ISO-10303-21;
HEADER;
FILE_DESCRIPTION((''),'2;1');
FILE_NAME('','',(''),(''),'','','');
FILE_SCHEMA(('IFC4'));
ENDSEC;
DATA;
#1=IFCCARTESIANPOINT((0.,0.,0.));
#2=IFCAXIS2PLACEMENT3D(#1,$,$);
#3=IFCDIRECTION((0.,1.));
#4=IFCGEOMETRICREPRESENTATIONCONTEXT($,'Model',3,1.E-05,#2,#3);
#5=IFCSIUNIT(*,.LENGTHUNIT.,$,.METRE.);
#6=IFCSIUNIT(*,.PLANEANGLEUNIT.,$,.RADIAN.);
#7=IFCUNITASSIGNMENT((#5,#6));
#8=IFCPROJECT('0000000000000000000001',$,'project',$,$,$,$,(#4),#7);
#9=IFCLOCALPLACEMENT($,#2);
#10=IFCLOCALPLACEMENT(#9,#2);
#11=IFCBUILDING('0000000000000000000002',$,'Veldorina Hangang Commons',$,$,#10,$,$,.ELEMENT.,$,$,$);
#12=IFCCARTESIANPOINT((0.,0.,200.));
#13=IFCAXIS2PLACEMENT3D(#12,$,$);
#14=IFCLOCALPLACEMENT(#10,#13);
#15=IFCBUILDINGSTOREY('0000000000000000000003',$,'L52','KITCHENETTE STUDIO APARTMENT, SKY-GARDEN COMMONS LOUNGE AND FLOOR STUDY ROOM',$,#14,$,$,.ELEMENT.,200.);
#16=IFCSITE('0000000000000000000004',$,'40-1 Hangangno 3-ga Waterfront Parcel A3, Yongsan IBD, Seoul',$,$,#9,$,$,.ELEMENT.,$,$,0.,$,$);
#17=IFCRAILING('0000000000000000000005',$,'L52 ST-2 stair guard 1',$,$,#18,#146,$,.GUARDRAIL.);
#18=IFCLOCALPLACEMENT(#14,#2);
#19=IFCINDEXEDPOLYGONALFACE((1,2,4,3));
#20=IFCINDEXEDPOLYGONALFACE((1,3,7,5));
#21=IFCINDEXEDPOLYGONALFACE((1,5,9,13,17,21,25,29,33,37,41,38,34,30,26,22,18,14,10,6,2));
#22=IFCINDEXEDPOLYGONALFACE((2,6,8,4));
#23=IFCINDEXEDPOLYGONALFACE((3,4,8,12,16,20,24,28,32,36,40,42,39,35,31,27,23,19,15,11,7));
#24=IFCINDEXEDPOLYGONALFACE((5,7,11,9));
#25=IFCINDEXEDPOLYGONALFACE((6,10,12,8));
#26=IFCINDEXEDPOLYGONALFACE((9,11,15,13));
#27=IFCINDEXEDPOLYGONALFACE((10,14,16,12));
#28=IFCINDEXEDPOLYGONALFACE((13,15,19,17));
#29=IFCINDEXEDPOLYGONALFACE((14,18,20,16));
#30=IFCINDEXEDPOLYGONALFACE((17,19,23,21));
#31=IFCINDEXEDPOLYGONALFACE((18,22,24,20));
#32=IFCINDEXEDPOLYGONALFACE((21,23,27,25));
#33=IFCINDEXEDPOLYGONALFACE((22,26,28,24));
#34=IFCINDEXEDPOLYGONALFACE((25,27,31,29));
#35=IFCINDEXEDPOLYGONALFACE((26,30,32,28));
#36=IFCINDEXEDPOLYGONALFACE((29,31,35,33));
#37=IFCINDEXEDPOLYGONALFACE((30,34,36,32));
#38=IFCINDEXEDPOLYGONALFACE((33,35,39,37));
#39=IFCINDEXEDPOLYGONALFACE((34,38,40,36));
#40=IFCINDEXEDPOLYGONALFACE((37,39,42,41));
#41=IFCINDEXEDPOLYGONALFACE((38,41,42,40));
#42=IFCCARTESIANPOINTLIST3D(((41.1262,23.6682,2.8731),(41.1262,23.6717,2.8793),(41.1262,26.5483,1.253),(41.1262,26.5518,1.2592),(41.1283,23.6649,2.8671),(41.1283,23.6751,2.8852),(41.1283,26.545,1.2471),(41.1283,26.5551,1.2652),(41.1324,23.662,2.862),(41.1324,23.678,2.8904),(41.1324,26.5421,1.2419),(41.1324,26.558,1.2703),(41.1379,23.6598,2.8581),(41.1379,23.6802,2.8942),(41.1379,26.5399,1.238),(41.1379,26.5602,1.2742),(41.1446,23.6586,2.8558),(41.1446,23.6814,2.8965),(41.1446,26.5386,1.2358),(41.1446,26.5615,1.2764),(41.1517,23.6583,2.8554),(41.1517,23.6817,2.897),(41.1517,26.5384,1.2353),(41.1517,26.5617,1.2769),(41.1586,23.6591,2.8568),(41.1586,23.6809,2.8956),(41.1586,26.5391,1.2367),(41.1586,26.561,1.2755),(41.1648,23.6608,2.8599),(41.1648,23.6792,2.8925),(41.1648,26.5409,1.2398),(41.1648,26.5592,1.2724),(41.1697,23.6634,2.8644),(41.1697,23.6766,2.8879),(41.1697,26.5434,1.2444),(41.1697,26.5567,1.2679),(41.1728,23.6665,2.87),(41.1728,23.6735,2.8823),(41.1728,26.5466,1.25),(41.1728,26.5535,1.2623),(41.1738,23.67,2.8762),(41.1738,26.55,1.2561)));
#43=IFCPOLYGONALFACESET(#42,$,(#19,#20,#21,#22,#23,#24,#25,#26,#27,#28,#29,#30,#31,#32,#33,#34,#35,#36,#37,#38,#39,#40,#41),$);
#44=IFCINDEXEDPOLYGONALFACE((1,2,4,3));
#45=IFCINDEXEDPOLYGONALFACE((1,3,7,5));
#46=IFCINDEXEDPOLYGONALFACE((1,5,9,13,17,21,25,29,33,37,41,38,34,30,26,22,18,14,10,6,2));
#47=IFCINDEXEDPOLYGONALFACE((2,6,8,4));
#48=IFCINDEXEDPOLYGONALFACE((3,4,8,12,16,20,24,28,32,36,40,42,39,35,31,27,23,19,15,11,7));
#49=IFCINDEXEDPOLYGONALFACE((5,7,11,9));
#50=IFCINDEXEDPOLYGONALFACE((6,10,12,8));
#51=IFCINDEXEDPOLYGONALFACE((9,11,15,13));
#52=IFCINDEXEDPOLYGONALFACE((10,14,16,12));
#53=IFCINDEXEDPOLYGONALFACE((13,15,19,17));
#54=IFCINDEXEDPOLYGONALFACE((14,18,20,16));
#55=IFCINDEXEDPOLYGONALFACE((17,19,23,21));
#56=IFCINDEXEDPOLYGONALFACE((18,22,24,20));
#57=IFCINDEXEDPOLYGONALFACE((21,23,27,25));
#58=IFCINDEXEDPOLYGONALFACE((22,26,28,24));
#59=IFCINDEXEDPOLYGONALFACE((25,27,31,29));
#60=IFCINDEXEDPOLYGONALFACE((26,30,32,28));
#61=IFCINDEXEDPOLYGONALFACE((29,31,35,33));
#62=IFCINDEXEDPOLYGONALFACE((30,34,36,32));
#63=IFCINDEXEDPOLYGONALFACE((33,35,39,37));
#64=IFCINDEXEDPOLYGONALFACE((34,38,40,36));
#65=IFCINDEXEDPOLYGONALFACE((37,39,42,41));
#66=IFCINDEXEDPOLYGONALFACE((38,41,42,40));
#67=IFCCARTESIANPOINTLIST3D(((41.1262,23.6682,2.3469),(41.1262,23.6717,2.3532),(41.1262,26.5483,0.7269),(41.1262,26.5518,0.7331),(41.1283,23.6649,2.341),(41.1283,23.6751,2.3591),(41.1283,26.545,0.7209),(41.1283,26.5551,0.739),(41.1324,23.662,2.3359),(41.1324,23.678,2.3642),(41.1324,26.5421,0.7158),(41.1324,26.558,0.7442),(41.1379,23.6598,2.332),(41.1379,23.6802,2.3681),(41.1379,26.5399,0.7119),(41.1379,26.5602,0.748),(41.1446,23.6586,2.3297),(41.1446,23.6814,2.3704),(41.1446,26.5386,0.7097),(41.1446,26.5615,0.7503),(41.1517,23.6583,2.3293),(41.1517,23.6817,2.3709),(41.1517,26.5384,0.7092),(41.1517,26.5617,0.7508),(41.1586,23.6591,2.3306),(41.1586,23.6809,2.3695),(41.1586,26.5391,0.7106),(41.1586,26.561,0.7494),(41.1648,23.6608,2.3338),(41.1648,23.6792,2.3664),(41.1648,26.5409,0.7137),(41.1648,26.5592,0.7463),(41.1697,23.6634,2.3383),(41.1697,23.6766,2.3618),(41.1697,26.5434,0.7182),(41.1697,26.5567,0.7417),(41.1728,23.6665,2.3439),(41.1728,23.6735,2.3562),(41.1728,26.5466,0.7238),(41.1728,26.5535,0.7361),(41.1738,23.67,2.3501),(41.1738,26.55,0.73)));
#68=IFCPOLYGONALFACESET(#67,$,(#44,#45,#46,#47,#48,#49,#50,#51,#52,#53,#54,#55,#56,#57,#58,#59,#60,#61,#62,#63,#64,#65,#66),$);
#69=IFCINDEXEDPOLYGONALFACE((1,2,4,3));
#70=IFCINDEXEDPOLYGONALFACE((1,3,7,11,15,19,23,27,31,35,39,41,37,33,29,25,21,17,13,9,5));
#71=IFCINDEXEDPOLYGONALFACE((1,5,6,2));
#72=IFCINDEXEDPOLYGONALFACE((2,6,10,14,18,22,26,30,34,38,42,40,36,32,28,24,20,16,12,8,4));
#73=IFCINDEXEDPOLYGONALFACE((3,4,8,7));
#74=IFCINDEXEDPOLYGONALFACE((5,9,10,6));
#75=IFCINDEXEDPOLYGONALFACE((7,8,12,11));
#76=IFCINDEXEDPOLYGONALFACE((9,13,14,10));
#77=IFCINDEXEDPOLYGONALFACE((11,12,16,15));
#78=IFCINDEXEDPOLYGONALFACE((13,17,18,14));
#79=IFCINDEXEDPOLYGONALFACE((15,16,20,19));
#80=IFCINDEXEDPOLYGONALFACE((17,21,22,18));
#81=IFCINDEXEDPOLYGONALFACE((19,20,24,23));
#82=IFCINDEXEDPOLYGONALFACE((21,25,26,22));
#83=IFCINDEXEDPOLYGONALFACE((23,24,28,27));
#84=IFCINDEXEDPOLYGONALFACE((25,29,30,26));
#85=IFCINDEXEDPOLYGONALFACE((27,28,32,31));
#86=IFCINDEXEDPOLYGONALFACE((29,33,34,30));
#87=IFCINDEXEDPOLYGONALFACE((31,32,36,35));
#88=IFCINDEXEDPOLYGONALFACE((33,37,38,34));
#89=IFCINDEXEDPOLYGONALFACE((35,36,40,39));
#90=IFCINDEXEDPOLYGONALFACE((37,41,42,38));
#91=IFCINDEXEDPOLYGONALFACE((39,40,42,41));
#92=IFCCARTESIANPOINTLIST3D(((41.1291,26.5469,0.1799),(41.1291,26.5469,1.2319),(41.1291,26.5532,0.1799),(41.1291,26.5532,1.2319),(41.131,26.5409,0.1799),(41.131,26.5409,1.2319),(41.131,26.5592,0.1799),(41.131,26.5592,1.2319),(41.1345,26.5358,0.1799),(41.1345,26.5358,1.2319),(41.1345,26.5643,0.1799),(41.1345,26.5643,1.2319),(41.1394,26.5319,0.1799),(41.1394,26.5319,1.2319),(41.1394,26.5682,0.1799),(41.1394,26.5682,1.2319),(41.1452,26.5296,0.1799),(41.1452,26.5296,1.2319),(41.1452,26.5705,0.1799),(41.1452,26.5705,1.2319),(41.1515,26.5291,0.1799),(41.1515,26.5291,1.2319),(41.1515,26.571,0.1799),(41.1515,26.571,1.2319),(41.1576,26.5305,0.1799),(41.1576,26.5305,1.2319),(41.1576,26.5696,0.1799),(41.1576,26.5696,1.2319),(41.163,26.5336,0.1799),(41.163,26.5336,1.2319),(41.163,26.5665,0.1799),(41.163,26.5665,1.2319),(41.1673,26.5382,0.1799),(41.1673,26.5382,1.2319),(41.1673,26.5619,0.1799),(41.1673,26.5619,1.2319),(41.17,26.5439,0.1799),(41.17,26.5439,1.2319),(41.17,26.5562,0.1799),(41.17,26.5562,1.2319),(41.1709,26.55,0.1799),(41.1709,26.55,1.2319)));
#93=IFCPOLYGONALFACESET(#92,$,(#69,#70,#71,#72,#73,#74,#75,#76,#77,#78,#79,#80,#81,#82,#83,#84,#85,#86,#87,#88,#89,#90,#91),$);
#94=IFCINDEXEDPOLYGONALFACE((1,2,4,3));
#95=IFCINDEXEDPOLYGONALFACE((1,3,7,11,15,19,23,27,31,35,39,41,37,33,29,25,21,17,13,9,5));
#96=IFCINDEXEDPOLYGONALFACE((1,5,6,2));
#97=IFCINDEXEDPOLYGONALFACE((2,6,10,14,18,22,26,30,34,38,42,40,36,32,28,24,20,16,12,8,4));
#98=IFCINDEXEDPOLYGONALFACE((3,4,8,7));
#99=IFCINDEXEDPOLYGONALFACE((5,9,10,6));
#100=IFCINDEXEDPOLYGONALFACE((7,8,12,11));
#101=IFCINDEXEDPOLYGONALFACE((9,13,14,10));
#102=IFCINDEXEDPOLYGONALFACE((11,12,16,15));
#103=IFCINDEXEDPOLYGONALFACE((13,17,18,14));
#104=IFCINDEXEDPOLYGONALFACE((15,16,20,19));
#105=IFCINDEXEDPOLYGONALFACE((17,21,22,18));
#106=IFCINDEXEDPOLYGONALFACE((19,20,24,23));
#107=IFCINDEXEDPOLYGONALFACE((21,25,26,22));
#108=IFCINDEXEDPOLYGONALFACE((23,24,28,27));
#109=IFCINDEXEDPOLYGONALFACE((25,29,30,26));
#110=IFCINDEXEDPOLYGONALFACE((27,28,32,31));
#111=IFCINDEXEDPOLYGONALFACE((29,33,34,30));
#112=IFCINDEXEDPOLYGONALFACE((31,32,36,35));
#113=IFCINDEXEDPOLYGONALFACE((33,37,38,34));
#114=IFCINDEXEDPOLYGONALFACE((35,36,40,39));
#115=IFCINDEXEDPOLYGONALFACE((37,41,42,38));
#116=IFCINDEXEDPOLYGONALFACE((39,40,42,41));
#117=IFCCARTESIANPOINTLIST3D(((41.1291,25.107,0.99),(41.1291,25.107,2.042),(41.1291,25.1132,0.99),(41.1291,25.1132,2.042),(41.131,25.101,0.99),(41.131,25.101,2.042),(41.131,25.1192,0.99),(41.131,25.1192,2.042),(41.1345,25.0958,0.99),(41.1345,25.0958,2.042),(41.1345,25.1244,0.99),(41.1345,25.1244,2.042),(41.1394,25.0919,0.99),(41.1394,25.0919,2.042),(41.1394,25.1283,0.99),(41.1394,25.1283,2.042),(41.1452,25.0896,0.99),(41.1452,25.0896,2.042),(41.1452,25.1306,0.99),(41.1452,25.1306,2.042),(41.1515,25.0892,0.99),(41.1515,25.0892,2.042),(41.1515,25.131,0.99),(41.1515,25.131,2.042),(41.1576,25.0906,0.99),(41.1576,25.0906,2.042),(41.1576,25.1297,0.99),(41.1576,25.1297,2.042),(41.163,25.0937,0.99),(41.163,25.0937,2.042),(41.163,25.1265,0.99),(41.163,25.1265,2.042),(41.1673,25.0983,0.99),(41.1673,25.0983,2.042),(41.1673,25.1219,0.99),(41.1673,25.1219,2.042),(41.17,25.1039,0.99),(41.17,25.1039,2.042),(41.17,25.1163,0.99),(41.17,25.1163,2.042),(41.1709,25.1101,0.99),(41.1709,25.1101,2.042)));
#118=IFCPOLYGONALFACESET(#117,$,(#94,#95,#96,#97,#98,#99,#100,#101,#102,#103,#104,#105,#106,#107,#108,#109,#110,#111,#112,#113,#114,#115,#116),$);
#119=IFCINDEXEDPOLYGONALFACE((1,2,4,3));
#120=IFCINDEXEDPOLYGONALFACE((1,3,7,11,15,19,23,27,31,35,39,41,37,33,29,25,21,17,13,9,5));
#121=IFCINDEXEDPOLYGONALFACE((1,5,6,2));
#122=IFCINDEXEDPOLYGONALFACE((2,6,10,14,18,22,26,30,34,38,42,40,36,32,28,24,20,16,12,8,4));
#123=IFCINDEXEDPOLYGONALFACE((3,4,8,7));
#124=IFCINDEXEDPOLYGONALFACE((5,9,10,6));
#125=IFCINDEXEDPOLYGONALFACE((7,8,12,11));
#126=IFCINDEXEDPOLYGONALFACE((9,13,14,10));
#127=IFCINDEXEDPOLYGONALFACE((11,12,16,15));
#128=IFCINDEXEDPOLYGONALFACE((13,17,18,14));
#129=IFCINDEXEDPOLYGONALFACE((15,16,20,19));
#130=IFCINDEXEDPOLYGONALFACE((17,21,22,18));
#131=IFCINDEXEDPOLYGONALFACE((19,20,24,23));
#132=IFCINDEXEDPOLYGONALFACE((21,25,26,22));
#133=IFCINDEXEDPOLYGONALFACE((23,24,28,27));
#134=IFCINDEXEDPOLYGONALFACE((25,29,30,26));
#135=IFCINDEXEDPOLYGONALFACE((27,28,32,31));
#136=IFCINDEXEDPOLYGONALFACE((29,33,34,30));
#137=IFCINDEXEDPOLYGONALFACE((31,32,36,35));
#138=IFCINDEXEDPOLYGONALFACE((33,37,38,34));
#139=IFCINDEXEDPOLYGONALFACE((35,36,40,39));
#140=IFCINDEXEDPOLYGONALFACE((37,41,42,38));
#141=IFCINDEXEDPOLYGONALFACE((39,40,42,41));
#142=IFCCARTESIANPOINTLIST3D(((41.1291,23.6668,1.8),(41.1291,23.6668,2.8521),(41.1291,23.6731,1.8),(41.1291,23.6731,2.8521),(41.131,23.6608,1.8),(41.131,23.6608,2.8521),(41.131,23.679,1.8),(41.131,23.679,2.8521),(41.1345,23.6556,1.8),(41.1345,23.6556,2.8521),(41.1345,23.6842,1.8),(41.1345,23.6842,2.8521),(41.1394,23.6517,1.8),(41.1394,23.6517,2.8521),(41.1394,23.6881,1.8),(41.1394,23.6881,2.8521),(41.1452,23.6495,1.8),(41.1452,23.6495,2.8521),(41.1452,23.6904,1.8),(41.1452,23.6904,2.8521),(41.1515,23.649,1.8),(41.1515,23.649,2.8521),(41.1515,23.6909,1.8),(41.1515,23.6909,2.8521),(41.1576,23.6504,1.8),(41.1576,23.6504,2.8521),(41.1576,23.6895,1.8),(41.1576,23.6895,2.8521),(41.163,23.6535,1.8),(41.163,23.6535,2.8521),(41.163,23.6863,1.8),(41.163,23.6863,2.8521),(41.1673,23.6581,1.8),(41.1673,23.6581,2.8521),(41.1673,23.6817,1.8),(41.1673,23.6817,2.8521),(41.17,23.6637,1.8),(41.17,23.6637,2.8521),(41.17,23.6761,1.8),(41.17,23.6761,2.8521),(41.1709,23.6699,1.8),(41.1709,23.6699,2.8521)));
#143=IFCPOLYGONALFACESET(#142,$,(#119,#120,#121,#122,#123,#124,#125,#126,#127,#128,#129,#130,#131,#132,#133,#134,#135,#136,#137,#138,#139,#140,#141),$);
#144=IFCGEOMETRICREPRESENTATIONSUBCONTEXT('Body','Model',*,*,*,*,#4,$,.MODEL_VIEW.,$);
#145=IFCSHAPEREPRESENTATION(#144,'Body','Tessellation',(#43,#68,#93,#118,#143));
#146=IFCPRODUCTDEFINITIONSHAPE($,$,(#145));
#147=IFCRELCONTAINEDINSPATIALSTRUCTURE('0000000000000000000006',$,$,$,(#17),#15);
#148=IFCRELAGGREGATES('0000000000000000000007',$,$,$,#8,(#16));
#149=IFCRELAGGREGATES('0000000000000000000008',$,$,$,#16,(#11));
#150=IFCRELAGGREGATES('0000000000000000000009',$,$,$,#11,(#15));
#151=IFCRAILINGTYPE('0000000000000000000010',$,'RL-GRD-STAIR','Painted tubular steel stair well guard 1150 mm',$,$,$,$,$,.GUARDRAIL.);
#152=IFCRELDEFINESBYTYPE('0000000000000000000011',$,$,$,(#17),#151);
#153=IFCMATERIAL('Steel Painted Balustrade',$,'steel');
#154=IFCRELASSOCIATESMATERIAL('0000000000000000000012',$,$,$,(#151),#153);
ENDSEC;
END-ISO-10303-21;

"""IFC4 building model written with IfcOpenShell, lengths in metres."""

from ifc_helpers import new_model, si_unit, direction, frame, origin, origin_2d, place, context, subcontext, project, spatial, circle, extrude, material, type_object, element, save


model = new_model("IFC4")

# Units and contexts
model_context = context("Model", 3, precision=1e-05, world=origin(), true_north=direction((0.0, 1.0)))
body_context = subcontext(model_context, "Body", "Model", "MODEL_VIEW")
ifc_project = project(units=[si_unit("LENGTHUNIT", "METRE"), si_unit("PLANEANGLEUNIT", "RADIAN")], contexts=[model_context])

# Site, building, storey
site_placement = place(None, origin())
site = spatial("IfcSite", under=ifc_project, at=site_placement, Name="40-1 Hangangno 3-ga Waterfront Parcel A3, Yongsan IBD, Seoul", CompositionType="ELEMENT", RefElevation=0.0)
building_placement = place(site_placement, origin())
building = spatial("IfcBuilding", under=site, at=building_placement, Name="Veldorina Hangang Commons", CompositionType="ELEMENT")
storey_placement = place(building_placement, frame((0.0, 0.0, 200.0)))
storey = spatial("IfcBuildingStorey", under=building, at=storey_placement, Name="L52", Description="KITCHENETTE STUDIO APARTMENT, SKY-GARDEN COMMONS LOUNGE AND FLOOR STUDY ROOM", CompositionType="ELEMENT", Elevation=200.0)

# Railing
ifc_material_1 = material(Name="Steel Painted Balustrade", Category="steel")
railing_type_1 = type_object("IfcRailingType", Name="RL-GRD-STAIR", Description="Painted tubular steel stair well guard 1150 mm", PredefinedType="GUARDRAIL", material=ifc_material_1)
railing_1_placement = place(storey_placement, frame((41.1499, 26.55, 0.1799)))
element("IfcRailing", 1, at=railing_1_placement, inside=storey, type_object=railing_type_1, Name="L52 ST-2 stair guard 1", PredefinedType="GUARDRAIL", context=body_context, shape_type="SweptSolid", body=[
    extrude(circle(Radius=0.0239, at=origin_2d()), frame((0.0, 0.0, 1.0762), z_axis=(0.0, -0.87157, 0.490272), x_axis=(1.0, 0.0, 0.0)), (0.0, 0.0, 1.0), 3.3044),
    extrude(circle(Radius=0.0239, at=origin_2d()), frame((0.0, 0.0, 0.55), z_axis=(0.0, -0.87157, 0.490272), x_axis=(1.0, 0.0, 0.0)), (0.0, 0.0, 1.0), 3.3044),
    extrude(circle(Radius=0.021, at=origin_2d()), origin(), (0.0, 0.0, 1.0), 1.052),
    extrude(circle(Radius=0.021, at=origin_2d()), frame((0.0, -1.4399, 0.8101)), (0.0, 0.0, 1.0), 1.052),
    extrude(circle(Radius=0.021, at=origin_2d()), frame((0.0, -2.8801, 1.6201)), (0.0, 0.0, 1.0), 1.052),
])

save(model, "model.ifc")
